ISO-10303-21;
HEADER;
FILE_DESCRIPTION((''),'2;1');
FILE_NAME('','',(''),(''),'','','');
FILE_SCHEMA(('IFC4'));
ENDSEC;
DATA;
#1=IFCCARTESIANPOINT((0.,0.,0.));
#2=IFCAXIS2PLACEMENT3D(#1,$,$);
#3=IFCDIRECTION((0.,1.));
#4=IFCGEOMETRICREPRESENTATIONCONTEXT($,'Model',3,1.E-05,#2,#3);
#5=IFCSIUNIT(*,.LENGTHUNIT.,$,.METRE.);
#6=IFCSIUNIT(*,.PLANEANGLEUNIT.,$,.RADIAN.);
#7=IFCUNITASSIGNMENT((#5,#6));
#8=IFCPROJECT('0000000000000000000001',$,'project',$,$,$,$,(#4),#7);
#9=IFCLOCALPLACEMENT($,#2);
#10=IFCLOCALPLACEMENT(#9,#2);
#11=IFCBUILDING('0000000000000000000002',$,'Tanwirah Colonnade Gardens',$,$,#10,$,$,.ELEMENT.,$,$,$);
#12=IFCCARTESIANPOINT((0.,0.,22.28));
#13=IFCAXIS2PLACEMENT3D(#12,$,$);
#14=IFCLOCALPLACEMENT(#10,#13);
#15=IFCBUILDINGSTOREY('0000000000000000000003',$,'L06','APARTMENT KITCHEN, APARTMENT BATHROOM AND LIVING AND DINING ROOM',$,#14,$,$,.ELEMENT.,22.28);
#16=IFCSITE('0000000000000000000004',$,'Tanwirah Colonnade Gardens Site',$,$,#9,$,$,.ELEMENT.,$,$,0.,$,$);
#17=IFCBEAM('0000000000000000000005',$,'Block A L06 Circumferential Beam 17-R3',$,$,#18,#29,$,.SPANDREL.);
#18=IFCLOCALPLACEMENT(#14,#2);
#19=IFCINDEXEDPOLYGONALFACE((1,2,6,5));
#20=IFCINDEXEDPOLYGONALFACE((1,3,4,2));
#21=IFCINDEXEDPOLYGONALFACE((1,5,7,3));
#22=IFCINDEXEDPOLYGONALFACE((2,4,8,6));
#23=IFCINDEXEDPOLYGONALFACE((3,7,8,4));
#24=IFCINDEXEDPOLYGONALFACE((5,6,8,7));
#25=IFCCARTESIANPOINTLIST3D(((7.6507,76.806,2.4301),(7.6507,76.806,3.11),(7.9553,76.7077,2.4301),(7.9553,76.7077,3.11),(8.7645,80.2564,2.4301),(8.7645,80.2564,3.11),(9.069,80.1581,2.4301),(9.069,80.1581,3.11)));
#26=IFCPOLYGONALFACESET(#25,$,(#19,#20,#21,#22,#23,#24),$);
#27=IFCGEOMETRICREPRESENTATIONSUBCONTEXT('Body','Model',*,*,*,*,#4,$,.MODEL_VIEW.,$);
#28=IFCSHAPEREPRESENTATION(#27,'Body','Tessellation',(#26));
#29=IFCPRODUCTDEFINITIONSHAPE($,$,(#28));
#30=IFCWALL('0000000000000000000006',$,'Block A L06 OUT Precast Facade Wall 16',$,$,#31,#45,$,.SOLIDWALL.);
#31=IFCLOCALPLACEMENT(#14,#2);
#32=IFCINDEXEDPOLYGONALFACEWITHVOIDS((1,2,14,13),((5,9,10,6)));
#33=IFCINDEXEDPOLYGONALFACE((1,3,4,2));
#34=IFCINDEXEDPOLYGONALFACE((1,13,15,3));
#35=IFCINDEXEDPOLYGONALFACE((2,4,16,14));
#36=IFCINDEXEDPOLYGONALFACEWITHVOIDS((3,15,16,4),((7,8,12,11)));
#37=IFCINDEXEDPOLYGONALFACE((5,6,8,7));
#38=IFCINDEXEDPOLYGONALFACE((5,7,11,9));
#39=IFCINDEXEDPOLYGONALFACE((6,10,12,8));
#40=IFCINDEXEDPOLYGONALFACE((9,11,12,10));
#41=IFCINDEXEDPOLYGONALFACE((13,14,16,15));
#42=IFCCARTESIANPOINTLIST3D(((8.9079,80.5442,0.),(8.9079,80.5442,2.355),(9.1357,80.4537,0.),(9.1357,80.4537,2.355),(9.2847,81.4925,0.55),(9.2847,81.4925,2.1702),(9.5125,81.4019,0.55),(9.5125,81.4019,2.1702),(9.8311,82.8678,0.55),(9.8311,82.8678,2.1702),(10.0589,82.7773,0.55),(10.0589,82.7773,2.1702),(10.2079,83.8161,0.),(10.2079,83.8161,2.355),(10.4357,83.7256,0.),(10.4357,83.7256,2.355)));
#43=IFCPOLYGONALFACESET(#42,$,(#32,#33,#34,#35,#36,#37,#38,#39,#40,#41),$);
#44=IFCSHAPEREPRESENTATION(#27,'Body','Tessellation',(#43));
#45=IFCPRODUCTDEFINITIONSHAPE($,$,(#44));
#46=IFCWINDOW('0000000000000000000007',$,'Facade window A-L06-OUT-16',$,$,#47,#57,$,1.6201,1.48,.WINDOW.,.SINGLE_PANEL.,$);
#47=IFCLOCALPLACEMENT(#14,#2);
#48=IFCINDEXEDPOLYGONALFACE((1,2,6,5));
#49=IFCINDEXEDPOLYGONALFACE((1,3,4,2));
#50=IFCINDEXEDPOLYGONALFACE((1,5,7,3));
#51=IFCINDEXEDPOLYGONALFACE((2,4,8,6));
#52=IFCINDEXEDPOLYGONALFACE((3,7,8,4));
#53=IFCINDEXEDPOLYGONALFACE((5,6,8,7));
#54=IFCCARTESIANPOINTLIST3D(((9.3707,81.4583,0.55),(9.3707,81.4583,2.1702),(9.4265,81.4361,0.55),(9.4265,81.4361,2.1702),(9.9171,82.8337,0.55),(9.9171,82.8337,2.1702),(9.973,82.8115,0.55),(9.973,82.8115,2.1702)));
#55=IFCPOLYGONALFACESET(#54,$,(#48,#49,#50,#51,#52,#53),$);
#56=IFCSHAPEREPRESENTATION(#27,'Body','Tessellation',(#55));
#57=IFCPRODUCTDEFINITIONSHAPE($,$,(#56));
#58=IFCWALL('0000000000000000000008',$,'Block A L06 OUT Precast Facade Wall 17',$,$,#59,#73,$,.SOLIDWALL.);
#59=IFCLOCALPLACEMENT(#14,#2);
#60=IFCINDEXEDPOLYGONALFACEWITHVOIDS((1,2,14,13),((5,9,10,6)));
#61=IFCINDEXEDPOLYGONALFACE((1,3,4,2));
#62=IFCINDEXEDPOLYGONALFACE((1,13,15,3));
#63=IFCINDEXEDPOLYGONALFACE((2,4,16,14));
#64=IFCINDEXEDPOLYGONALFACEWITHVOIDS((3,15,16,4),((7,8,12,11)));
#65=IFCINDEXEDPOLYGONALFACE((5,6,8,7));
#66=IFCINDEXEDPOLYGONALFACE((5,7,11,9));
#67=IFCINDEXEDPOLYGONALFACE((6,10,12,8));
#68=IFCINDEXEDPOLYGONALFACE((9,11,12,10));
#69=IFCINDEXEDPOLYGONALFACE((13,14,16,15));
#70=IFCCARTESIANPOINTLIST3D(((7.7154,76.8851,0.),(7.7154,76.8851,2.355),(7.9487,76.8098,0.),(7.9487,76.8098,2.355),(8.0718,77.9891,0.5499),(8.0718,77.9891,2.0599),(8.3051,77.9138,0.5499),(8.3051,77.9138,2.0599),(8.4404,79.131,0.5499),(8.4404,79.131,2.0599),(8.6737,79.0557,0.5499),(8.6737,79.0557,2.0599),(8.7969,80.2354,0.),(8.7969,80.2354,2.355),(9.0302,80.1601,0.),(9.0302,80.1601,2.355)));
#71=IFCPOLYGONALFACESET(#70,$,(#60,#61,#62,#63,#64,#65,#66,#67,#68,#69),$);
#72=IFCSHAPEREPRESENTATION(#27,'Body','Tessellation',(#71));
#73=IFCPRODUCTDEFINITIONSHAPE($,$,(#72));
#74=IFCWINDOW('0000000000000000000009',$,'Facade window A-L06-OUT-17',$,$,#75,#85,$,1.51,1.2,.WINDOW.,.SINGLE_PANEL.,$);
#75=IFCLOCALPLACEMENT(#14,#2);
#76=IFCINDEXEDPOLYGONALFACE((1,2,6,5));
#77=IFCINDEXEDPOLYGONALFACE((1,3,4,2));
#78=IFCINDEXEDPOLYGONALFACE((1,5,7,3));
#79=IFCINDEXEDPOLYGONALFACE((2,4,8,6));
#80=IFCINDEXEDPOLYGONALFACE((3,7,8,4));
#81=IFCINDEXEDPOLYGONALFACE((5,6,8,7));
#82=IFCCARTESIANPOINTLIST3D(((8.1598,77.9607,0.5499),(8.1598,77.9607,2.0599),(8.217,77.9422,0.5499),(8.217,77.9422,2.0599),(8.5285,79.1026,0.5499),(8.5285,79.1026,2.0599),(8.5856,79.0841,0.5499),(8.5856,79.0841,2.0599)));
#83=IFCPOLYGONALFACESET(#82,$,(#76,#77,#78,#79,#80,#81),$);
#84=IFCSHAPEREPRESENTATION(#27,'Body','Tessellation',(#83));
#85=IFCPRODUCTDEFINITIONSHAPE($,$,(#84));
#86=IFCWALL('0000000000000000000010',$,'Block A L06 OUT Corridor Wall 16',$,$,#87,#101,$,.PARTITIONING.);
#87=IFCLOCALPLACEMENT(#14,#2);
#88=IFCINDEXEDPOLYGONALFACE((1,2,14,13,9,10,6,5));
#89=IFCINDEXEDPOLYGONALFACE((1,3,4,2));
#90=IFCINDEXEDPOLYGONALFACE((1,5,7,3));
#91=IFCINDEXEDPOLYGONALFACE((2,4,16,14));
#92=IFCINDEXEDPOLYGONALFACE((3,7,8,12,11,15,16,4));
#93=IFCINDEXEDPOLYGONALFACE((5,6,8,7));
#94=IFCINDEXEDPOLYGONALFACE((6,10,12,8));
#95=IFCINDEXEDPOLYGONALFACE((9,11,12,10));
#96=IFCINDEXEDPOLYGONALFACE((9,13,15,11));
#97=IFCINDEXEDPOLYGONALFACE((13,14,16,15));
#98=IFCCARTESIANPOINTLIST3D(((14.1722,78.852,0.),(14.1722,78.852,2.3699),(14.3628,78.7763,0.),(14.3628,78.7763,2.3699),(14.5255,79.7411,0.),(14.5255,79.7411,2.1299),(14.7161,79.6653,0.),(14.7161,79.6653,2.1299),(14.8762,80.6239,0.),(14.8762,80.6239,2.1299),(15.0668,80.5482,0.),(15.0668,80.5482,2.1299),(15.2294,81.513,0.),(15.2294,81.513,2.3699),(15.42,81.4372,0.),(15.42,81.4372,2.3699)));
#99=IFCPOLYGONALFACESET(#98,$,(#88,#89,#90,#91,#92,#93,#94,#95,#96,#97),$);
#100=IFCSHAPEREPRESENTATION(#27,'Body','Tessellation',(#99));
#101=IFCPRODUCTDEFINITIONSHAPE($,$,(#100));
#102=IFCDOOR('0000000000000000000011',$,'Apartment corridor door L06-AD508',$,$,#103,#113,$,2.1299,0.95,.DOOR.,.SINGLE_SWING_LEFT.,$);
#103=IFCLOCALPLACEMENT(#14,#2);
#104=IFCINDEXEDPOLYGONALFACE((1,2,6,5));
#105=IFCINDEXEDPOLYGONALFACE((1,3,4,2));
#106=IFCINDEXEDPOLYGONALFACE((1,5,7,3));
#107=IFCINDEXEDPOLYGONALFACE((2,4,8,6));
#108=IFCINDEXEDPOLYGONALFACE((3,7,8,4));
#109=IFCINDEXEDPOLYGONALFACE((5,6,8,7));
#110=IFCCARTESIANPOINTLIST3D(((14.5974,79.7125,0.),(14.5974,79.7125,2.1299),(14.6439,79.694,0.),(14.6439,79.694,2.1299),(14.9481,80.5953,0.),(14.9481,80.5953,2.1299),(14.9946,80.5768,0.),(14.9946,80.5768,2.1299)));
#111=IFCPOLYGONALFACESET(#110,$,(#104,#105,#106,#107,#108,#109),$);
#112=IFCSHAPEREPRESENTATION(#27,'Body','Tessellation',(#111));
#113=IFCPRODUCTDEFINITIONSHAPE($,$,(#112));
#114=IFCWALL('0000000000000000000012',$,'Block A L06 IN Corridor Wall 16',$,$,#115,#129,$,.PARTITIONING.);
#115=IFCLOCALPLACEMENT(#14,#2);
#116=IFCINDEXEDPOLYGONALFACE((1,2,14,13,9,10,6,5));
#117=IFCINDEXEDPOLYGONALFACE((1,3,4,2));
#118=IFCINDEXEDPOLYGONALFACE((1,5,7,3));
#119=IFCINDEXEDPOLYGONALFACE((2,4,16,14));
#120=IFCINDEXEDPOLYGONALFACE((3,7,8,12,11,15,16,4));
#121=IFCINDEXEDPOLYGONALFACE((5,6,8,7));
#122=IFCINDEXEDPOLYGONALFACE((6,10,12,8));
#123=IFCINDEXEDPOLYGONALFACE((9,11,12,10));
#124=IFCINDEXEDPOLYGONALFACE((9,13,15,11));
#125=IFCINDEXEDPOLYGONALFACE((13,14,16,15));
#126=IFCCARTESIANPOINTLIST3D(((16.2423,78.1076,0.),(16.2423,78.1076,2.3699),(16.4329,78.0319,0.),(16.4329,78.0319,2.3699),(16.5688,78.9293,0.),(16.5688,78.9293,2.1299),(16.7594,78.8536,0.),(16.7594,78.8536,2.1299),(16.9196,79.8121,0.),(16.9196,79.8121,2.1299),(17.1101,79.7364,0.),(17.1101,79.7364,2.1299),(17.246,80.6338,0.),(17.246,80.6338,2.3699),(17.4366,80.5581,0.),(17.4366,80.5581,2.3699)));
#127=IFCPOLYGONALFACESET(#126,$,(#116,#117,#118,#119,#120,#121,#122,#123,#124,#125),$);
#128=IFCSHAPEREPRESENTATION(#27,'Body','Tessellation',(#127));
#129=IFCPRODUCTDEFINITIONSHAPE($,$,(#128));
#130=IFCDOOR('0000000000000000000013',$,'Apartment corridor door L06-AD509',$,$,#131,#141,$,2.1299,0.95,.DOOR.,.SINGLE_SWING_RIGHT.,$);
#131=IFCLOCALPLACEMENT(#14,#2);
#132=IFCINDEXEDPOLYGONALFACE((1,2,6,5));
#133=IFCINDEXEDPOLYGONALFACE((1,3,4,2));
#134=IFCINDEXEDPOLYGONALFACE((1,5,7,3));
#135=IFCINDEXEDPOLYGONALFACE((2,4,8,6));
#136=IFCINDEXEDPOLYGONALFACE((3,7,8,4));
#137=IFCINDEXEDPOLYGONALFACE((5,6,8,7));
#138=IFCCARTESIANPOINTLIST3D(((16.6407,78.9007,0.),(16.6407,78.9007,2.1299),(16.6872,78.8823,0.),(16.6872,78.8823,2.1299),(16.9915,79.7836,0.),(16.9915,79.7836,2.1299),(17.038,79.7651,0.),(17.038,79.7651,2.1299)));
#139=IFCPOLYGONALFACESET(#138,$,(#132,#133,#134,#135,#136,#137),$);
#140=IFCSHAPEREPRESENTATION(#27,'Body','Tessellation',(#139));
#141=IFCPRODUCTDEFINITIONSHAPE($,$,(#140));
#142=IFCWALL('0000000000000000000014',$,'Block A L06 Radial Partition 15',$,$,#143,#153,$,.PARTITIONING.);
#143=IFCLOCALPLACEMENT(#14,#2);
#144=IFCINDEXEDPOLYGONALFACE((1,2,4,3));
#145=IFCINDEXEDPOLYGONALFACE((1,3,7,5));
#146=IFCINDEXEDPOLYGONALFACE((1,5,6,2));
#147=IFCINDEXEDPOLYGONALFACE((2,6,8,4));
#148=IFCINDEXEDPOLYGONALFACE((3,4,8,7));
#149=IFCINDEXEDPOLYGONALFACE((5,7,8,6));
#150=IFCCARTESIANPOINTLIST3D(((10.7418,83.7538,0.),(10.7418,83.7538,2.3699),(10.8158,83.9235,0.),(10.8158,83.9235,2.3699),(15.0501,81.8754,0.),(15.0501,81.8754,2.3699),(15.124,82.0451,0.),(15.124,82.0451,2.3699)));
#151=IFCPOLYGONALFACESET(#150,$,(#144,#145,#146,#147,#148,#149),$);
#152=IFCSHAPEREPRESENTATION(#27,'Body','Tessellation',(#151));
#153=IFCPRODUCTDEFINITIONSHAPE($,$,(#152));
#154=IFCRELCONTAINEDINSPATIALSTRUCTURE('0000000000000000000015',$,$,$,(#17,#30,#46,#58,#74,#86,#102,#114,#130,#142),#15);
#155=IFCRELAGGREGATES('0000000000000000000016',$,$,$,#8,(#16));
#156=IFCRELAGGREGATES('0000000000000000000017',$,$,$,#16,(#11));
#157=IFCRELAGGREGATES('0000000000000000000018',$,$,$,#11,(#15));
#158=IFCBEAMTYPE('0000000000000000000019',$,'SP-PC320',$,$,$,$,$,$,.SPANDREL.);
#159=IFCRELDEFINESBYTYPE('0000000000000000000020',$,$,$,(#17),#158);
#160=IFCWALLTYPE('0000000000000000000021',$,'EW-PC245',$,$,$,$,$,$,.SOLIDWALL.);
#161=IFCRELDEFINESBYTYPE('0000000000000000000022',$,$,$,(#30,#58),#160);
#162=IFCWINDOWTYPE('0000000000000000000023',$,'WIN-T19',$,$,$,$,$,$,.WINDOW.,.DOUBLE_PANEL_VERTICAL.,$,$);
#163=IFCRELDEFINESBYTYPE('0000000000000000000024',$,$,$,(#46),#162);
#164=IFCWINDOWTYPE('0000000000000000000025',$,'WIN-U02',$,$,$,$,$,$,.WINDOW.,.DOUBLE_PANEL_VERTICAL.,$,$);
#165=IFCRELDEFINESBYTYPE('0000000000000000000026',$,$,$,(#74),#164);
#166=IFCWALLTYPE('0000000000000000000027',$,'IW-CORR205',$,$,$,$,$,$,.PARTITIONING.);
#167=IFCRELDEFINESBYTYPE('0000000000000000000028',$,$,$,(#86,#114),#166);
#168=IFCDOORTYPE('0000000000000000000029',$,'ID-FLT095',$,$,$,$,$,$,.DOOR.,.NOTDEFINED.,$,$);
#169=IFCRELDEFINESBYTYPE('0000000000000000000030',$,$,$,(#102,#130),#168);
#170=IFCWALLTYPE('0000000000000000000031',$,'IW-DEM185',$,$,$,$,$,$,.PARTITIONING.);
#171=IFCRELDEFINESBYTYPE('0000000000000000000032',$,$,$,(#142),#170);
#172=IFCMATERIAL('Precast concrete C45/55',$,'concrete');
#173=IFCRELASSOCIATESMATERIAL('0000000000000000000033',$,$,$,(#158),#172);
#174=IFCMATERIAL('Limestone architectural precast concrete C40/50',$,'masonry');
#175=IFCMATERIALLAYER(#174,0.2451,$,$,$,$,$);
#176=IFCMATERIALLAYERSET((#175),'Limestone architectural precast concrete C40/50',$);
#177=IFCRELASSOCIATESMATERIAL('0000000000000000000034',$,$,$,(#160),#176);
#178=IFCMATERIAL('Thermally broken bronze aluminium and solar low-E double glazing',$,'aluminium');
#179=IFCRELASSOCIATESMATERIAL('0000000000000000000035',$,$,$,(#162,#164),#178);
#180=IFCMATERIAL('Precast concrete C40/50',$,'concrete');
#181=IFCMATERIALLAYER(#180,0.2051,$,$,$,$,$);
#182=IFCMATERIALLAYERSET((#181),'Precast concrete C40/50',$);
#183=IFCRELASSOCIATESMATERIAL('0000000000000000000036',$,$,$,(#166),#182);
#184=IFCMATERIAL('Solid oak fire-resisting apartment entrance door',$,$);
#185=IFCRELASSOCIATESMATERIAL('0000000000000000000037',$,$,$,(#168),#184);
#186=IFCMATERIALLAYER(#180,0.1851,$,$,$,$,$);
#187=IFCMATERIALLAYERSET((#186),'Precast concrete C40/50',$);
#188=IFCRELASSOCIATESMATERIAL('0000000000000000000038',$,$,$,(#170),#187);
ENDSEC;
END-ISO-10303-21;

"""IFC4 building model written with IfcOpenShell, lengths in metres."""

from ifc_helpers import new_model, si_unit, direction, frame, frame_2d, origin, origin_2d, place, context, subcontext, project, spatial, rectangle, extrude, material, layer, layer_set, material_profile, profile_set, type_object, element, fill, save


model = new_model("IFC4")

# Units and contexts
model_context = context("Model", 3, precision=1e-05, world=origin(), true_north=direction((0.0, 1.0)))
body_context = subcontext(model_context, "Body", "Model", "MODEL_VIEW")
ifc_project = project(units=[si_unit("LENGTHUNIT", "METRE"), si_unit("PLANEANGLEUNIT", "RADIAN")], contexts=[model_context])

# Site, building, storey
site_placement = place(None, origin())
site = spatial("IfcSite", under=ifc_project, at=site_placement, Name="Tanwirah Colonnade Gardens Site", CompositionType="ELEMENT", RefElevation=0.0)
building_placement = place(site_placement, origin())
building = spatial("IfcBuilding", under=site, at=building_placement, Name="Tanwirah Colonnade Gardens", CompositionType="ELEMENT")
storey_placement = place(building_placement, frame((0.0, 0.0, 22.28)))
storey = spatial("IfcBuildingStorey", under=building, at=storey_placement, Name="L06", Description="APARTMENT KITCHEN, APARTMENT BATHROOM AND LIVING AND DINING ROOM", CompositionType="ELEMENT", Elevation=22.28)

# Shared definitions
ifc_material_1 = material(Name="Precast concrete C45/55", Category="concrete")
ifc_material_2 = material(Name="Precast concrete C40/50", Category="concrete")

# Beam
ifc_material_profile_1 = material_profile(ifc_material_1, rectangle(XDim=0.3201, YDim=0.6799, at=origin_2d()), Name="PC-SP 320x680")
ifc_profile_set_1 = profile_set([ifc_material_profile_1], Name="Precast concrete C45/55")
beam_type_1 = type_object("IfcBeamType", Name="SP-PC320", PredefinedType="SPANDREL", material=ifc_profile_set_1)
beam_1_placement = place(storey_placement, frame((8.9167, 80.2073, 2.77), z_axis=(-0.307184, -0.95165, 0.0), x_axis=(0.95165, -0.307184, 0.0)))
element("IfcBeam", 1, at=beam_1_placement, inside=storey, type_object=beam_type_1, Name="Block A L06 Circumferential Beam 17-R3", PredefinedType="SPANDREL", context=body_context, shape_type="SweptSolid", body=[
    extrude(rectangle(XDim=0.3201, YDim=0.6799, at=origin_2d()), origin(), (0.0, 0.0, 1.0), 3.6257),
])

# Walls, openings, windows
ifc_material_3 = material(Name="Limestone architectural precast concrete C40/50", Category="masonry")
ifc_layer_1 = layer(ifc_material_3, 0.2451)
ifc_layer_set_1 = layer_set([ifc_layer_1], Name="Limestone architectural precast concrete C40/50")
wall_type_1 = type_object("IfcWallType", Name="EW-PC245", PredefinedType="SOLIDWALL", material=ifc_layer_set_1)
wall_1_placement = place(storey_placement, frame((10.3218, 83.7708, 0.0), z_axis=(0.0, 0.0, 1.0), x_axis=(-0.36925, -0.92933, 0.0)))
wall_1 = element("IfcWall", 2, at=wall_1_placement, inside=storey, type_object=wall_type_1, Name="Block A L06 OUT Precast Facade Wall 16", PredefinedType="SOLIDWALL", context=body_context, shape_type="SweptSolid", body=[
    extrude(rectangle(XDim=3.5208, YDim=0.2451, at=frame_2d((1.7603, 0.0))), origin(), (0.0, 0.0, 1.0), 2.355),
])
opening_1_placement = place(wall_1_placement, frame((1.0203, 0.0, 0.55)))
opening_1 = element("IfcOpeningElement", 3, at=opening_1_placement, cuts=wall_1, PredefinedType="OPENING", context=body_context, shape_type="SweptSolid", body=[
    extrude(rectangle(XDim=1.48, YDim=1.6201, at=frame_2d((0.74, 0.8101))), frame((0.0, 0.1326, 0.0), z_axis=(0.0, -1.0, 0.0), x_axis=(1.0, 0.0, 0.0)), (0.0, 0.0, 1.0), 0.2651),
])
ifc_material_4 = material(Name="Thermally broken bronze aluminium and solar low-E double glazing", Category="aluminium")
window_type_1 = type_object("IfcWindowType", Name="WIN-T19", PartitioningType="DOUBLE_PANEL_VERTICAL", PredefinedType="WINDOW", material=ifc_material_4)
window_1_placement = place(opening_1_placement, origin())
window_1 = element("IfcWindow", 4, at=window_1_placement, inside=storey, type_object=window_type_1, Name="Facade window A-L06-OUT-16", OverallHeight=1.6201, OverallWidth=1.48, PartitioningType="SINGLE_PANEL", PredefinedType="WINDOW", context=body_context, shape_type="SweptSolid", body=[
    extrude(rectangle(XDim=1.48, YDim=1.6201, at=frame_2d((0.74, 0.8101))), frame((0.0, 0.03, 0.0), z_axis=(0.0, -1.0, 0.0), x_axis=(1.0, 0.0, 0.0)), (0.0, 0.0, 1.0), 0.0601),
])
fill(opening_1, window_1)
wall_2_placement = place(storey_placement, frame((8.9136, 80.1978, 0.0), z_axis=(0.0, 0.0, 1.0), x_axis=(-0.307205, -0.951643, 0.0)))
wall_2 = element("IfcWall", 5, at=wall_2_placement, inside=storey, type_object=wall_type_1, Name="Block A L06 OUT Precast Facade Wall 17", PredefinedType="SOLIDWALL", context=body_context, shape_type="SweptSolid", body=[
    extrude(rectangle(XDim=3.5205, YDim=0.2451, at=frame_2d((1.7603, 0.0))), origin(), (0.0, 0.0, 1.0), 2.355),
])
opening_2_placement = place(wall_2_placement, frame((1.1604, 0.0, 0.55)))
opening_2 = element("IfcOpeningElement", 6, at=opening_2_placement, cuts=wall_2, PredefinedType="OPENING", context=body_context, shape_type="SweptSolid", body=[
    extrude(rectangle(XDim=1.2, YDim=1.51, at=frame_2d((0.6001, 0.7549))), frame((0.0, 0.1326, 0.0), z_axis=(0.0, -1.0, 0.0), x_axis=(1.0, 0.0, 0.0)), (0.0, 0.0, 1.0), 0.2651),
])
window_type_2 = type_object("IfcWindowType", Name="WIN-U02", PartitioningType="DOUBLE_PANEL_VERTICAL", PredefinedType="WINDOW", material=ifc_material_4)
window_2_placement = place(opening_2_placement, origin())
window_2 = element("IfcWindow", 7, at=window_2_placement, inside=storey, type_object=window_type_2, Name="Facade window A-L06-OUT-17", OverallHeight=1.51, OverallWidth=1.2, PartitioningType="SINGLE_PANEL", PredefinedType="WINDOW", context=body_context, shape_type="SweptSolid", body=[
    extrude(rectangle(XDim=1.2, YDim=1.51, at=frame_2d((0.6001, 0.7549))), frame((0.0, 0.03, 0.0), z_axis=(0.0, -1.0, 0.0), x_axis=(1.0, 0.0, 0.0)), (0.0, 0.0, 1.0), 0.0601),
])
fill(opening_2, window_2)

# Walls, openings, doors
ifc_layer_2 = layer(ifc_material_2, 0.2051)
ifc_layer_set_2 = layer_set([ifc_layer_2], Name="Precast concrete C40/50")
wall_type_2 = type_object("IfcWallType", Name="IW-CORR205", PredefinedType="PARTITIONING", material=ifc_layer_set_2)
wall_3_placement = place(storey_placement, frame((15.3247, 81.4751, 0.0), z_axis=(0.0, 0.0, 1.0), x_axis=(-0.369214, -0.929344, 0.0)))
wall_3 = element("IfcWall", 8, at=wall_3_placement, inside=storey, type_object=wall_type_2, Name="Block A L06 OUT Corridor Wall 16", PredefinedType="PARTITIONING", context=body_context, shape_type="SweptSolid", body=[
    extrude(rectangle(XDim=2.8633, YDim=0.2051, at=frame_2d((1.4316, 0.0))), origin(), (0.0, 0.0, 1.0), 2.3699),
])
opening_3_placement = place(wall_3_placement, frame((0.9565, 0.0, 0.0)))
opening_3 = element("IfcOpeningElement", 9, at=opening_3_placement, cuts=wall_3, PredefinedType="OPENING", context=body_context, shape_type="SweptSolid", body=[
    extrude(rectangle(XDim=0.95, YDim=2.1299, at=frame_2d((0.4751, 1.0649))), frame((0.0, 0.1125, 0.0), z_axis=(0.0, -1.0, 0.0), x_axis=(1.0, 0.0, 0.0)), (0.0, 0.0, 1.0), 0.2251),
])
ifc_material_5 = material(Name="Solid oak fire-resisting apartment entrance door")
door_type_1 = type_object("IfcDoorType", Name="ID-FLT095", OperationType="NOTDEFINED", PredefinedType="DOOR", material=ifc_material_5)
door_1_placement = place(opening_3_placement, origin())
door_1 = element("IfcDoor", 10, at=door_1_placement, inside=storey, type_object=door_type_1, Name="Apartment corridor door L06-AD508", OperationType="SINGLE_SWING_LEFT", OverallHeight=2.1299, OverallWidth=0.95, PredefinedType="DOOR", context=body_context, shape_type="SweptSolid", body=[
    extrude(rectangle(XDim=0.95, YDim=2.1299, at=frame_2d((0.4751, 1.0649))), frame((0.0, 0.0249, 0.0), z_axis=(0.0, -1.0, 0.0), x_axis=(1.0, 0.0, 0.0)), (0.0, 0.0, 1.0), 0.05),
])
fill(opening_3, door_1)
wall_4_placement = place(storey_placement, frame((17.3413, 80.5959, 0.0), z_axis=(0.0, 0.0, 1.0), x_axis=(-0.369237, -0.929335, 0.0)))
wall_4 = element("IfcWall", 11, at=wall_4_placement, inside=storey, type_object=wall_type_2, Name="Block A L06 IN Corridor Wall 16", PredefinedType="PARTITIONING", context=body_context, shape_type="SweptSolid", body=[
    extrude(rectangle(XDim=2.7183, YDim=0.2051, at=frame_2d((1.3591, 0.0))), origin(), (0.0, 0.0, 1.0), 2.3699),
])
opening_4_placement = place(wall_4_placement, frame((0.884, 0.0, 0.0)))
opening_4 = element("IfcOpeningElement", 12, at=opening_4_placement, cuts=wall_4, PredefinedType="OPENING", context=body_context, shape_type="SweptSolid", body=[
    extrude(rectangle(XDim=0.95, YDim=2.1299, at=frame_2d((0.4751, 1.0649))), frame((0.0, 0.1125, 0.0), z_axis=(0.0, -1.0, 0.0), x_axis=(1.0, 0.0, 0.0)), (0.0, 0.0, 1.0), 0.2251),
])
door_2_placement = place(opening_4_placement, origin())
door_2 = element("IfcDoor", 13, at=door_2_placement, inside=storey, type_object=door_type_1, Name="Apartment corridor door L06-AD509", OperationType="SINGLE_SWING_RIGHT", OverallHeight=2.1299, OverallWidth=0.95, PredefinedType="DOOR", context=body_context, shape_type="SweptSolid", body=[
    extrude(rectangle(XDim=0.95, YDim=2.1299, at=frame_2d((0.4751, 1.0649))), frame((0.0, 0.0249, 0.0), z_axis=(0.0, -1.0, 0.0), x_axis=(1.0, 0.0, 0.0)), (0.0, 0.0, 1.0), 0.05),
])
fill(opening_4, door_2)

# Wall
ifc_layer_3 = layer(ifc_material_2, 0.1851)
ifc_layer_set_3 = layer_set([ifc_layer_3], Name="Precast concrete C40/50")
wall_type_3 = type_object("IfcWallType", Name="IW-DEM185", PredefinedType="PARTITIONING", material=ifc_layer_set_3)
wall_5_placement = place(storey_placement, frame((15.0872, 81.9602, 0.0), z_axis=(0.0, 0.0, 1.0), x_axis=(-0.916663, 0.39966, 0.0)))
element("IfcWall", 14, at=wall_5_placement, inside=storey, type_object=wall_type_3, Name="Block A L06 Radial Partition 15", PredefinedType="PARTITIONING", context=body_context, shape_type="SweptSolid", body=[
    extrude(rectangle(XDim=4.7, YDim=0.1851, at=frame_2d((2.3501, 0.0))), origin(), (0.0, 0.0, 1.0), 2.3699),
])

save(model, "model.ifc")
